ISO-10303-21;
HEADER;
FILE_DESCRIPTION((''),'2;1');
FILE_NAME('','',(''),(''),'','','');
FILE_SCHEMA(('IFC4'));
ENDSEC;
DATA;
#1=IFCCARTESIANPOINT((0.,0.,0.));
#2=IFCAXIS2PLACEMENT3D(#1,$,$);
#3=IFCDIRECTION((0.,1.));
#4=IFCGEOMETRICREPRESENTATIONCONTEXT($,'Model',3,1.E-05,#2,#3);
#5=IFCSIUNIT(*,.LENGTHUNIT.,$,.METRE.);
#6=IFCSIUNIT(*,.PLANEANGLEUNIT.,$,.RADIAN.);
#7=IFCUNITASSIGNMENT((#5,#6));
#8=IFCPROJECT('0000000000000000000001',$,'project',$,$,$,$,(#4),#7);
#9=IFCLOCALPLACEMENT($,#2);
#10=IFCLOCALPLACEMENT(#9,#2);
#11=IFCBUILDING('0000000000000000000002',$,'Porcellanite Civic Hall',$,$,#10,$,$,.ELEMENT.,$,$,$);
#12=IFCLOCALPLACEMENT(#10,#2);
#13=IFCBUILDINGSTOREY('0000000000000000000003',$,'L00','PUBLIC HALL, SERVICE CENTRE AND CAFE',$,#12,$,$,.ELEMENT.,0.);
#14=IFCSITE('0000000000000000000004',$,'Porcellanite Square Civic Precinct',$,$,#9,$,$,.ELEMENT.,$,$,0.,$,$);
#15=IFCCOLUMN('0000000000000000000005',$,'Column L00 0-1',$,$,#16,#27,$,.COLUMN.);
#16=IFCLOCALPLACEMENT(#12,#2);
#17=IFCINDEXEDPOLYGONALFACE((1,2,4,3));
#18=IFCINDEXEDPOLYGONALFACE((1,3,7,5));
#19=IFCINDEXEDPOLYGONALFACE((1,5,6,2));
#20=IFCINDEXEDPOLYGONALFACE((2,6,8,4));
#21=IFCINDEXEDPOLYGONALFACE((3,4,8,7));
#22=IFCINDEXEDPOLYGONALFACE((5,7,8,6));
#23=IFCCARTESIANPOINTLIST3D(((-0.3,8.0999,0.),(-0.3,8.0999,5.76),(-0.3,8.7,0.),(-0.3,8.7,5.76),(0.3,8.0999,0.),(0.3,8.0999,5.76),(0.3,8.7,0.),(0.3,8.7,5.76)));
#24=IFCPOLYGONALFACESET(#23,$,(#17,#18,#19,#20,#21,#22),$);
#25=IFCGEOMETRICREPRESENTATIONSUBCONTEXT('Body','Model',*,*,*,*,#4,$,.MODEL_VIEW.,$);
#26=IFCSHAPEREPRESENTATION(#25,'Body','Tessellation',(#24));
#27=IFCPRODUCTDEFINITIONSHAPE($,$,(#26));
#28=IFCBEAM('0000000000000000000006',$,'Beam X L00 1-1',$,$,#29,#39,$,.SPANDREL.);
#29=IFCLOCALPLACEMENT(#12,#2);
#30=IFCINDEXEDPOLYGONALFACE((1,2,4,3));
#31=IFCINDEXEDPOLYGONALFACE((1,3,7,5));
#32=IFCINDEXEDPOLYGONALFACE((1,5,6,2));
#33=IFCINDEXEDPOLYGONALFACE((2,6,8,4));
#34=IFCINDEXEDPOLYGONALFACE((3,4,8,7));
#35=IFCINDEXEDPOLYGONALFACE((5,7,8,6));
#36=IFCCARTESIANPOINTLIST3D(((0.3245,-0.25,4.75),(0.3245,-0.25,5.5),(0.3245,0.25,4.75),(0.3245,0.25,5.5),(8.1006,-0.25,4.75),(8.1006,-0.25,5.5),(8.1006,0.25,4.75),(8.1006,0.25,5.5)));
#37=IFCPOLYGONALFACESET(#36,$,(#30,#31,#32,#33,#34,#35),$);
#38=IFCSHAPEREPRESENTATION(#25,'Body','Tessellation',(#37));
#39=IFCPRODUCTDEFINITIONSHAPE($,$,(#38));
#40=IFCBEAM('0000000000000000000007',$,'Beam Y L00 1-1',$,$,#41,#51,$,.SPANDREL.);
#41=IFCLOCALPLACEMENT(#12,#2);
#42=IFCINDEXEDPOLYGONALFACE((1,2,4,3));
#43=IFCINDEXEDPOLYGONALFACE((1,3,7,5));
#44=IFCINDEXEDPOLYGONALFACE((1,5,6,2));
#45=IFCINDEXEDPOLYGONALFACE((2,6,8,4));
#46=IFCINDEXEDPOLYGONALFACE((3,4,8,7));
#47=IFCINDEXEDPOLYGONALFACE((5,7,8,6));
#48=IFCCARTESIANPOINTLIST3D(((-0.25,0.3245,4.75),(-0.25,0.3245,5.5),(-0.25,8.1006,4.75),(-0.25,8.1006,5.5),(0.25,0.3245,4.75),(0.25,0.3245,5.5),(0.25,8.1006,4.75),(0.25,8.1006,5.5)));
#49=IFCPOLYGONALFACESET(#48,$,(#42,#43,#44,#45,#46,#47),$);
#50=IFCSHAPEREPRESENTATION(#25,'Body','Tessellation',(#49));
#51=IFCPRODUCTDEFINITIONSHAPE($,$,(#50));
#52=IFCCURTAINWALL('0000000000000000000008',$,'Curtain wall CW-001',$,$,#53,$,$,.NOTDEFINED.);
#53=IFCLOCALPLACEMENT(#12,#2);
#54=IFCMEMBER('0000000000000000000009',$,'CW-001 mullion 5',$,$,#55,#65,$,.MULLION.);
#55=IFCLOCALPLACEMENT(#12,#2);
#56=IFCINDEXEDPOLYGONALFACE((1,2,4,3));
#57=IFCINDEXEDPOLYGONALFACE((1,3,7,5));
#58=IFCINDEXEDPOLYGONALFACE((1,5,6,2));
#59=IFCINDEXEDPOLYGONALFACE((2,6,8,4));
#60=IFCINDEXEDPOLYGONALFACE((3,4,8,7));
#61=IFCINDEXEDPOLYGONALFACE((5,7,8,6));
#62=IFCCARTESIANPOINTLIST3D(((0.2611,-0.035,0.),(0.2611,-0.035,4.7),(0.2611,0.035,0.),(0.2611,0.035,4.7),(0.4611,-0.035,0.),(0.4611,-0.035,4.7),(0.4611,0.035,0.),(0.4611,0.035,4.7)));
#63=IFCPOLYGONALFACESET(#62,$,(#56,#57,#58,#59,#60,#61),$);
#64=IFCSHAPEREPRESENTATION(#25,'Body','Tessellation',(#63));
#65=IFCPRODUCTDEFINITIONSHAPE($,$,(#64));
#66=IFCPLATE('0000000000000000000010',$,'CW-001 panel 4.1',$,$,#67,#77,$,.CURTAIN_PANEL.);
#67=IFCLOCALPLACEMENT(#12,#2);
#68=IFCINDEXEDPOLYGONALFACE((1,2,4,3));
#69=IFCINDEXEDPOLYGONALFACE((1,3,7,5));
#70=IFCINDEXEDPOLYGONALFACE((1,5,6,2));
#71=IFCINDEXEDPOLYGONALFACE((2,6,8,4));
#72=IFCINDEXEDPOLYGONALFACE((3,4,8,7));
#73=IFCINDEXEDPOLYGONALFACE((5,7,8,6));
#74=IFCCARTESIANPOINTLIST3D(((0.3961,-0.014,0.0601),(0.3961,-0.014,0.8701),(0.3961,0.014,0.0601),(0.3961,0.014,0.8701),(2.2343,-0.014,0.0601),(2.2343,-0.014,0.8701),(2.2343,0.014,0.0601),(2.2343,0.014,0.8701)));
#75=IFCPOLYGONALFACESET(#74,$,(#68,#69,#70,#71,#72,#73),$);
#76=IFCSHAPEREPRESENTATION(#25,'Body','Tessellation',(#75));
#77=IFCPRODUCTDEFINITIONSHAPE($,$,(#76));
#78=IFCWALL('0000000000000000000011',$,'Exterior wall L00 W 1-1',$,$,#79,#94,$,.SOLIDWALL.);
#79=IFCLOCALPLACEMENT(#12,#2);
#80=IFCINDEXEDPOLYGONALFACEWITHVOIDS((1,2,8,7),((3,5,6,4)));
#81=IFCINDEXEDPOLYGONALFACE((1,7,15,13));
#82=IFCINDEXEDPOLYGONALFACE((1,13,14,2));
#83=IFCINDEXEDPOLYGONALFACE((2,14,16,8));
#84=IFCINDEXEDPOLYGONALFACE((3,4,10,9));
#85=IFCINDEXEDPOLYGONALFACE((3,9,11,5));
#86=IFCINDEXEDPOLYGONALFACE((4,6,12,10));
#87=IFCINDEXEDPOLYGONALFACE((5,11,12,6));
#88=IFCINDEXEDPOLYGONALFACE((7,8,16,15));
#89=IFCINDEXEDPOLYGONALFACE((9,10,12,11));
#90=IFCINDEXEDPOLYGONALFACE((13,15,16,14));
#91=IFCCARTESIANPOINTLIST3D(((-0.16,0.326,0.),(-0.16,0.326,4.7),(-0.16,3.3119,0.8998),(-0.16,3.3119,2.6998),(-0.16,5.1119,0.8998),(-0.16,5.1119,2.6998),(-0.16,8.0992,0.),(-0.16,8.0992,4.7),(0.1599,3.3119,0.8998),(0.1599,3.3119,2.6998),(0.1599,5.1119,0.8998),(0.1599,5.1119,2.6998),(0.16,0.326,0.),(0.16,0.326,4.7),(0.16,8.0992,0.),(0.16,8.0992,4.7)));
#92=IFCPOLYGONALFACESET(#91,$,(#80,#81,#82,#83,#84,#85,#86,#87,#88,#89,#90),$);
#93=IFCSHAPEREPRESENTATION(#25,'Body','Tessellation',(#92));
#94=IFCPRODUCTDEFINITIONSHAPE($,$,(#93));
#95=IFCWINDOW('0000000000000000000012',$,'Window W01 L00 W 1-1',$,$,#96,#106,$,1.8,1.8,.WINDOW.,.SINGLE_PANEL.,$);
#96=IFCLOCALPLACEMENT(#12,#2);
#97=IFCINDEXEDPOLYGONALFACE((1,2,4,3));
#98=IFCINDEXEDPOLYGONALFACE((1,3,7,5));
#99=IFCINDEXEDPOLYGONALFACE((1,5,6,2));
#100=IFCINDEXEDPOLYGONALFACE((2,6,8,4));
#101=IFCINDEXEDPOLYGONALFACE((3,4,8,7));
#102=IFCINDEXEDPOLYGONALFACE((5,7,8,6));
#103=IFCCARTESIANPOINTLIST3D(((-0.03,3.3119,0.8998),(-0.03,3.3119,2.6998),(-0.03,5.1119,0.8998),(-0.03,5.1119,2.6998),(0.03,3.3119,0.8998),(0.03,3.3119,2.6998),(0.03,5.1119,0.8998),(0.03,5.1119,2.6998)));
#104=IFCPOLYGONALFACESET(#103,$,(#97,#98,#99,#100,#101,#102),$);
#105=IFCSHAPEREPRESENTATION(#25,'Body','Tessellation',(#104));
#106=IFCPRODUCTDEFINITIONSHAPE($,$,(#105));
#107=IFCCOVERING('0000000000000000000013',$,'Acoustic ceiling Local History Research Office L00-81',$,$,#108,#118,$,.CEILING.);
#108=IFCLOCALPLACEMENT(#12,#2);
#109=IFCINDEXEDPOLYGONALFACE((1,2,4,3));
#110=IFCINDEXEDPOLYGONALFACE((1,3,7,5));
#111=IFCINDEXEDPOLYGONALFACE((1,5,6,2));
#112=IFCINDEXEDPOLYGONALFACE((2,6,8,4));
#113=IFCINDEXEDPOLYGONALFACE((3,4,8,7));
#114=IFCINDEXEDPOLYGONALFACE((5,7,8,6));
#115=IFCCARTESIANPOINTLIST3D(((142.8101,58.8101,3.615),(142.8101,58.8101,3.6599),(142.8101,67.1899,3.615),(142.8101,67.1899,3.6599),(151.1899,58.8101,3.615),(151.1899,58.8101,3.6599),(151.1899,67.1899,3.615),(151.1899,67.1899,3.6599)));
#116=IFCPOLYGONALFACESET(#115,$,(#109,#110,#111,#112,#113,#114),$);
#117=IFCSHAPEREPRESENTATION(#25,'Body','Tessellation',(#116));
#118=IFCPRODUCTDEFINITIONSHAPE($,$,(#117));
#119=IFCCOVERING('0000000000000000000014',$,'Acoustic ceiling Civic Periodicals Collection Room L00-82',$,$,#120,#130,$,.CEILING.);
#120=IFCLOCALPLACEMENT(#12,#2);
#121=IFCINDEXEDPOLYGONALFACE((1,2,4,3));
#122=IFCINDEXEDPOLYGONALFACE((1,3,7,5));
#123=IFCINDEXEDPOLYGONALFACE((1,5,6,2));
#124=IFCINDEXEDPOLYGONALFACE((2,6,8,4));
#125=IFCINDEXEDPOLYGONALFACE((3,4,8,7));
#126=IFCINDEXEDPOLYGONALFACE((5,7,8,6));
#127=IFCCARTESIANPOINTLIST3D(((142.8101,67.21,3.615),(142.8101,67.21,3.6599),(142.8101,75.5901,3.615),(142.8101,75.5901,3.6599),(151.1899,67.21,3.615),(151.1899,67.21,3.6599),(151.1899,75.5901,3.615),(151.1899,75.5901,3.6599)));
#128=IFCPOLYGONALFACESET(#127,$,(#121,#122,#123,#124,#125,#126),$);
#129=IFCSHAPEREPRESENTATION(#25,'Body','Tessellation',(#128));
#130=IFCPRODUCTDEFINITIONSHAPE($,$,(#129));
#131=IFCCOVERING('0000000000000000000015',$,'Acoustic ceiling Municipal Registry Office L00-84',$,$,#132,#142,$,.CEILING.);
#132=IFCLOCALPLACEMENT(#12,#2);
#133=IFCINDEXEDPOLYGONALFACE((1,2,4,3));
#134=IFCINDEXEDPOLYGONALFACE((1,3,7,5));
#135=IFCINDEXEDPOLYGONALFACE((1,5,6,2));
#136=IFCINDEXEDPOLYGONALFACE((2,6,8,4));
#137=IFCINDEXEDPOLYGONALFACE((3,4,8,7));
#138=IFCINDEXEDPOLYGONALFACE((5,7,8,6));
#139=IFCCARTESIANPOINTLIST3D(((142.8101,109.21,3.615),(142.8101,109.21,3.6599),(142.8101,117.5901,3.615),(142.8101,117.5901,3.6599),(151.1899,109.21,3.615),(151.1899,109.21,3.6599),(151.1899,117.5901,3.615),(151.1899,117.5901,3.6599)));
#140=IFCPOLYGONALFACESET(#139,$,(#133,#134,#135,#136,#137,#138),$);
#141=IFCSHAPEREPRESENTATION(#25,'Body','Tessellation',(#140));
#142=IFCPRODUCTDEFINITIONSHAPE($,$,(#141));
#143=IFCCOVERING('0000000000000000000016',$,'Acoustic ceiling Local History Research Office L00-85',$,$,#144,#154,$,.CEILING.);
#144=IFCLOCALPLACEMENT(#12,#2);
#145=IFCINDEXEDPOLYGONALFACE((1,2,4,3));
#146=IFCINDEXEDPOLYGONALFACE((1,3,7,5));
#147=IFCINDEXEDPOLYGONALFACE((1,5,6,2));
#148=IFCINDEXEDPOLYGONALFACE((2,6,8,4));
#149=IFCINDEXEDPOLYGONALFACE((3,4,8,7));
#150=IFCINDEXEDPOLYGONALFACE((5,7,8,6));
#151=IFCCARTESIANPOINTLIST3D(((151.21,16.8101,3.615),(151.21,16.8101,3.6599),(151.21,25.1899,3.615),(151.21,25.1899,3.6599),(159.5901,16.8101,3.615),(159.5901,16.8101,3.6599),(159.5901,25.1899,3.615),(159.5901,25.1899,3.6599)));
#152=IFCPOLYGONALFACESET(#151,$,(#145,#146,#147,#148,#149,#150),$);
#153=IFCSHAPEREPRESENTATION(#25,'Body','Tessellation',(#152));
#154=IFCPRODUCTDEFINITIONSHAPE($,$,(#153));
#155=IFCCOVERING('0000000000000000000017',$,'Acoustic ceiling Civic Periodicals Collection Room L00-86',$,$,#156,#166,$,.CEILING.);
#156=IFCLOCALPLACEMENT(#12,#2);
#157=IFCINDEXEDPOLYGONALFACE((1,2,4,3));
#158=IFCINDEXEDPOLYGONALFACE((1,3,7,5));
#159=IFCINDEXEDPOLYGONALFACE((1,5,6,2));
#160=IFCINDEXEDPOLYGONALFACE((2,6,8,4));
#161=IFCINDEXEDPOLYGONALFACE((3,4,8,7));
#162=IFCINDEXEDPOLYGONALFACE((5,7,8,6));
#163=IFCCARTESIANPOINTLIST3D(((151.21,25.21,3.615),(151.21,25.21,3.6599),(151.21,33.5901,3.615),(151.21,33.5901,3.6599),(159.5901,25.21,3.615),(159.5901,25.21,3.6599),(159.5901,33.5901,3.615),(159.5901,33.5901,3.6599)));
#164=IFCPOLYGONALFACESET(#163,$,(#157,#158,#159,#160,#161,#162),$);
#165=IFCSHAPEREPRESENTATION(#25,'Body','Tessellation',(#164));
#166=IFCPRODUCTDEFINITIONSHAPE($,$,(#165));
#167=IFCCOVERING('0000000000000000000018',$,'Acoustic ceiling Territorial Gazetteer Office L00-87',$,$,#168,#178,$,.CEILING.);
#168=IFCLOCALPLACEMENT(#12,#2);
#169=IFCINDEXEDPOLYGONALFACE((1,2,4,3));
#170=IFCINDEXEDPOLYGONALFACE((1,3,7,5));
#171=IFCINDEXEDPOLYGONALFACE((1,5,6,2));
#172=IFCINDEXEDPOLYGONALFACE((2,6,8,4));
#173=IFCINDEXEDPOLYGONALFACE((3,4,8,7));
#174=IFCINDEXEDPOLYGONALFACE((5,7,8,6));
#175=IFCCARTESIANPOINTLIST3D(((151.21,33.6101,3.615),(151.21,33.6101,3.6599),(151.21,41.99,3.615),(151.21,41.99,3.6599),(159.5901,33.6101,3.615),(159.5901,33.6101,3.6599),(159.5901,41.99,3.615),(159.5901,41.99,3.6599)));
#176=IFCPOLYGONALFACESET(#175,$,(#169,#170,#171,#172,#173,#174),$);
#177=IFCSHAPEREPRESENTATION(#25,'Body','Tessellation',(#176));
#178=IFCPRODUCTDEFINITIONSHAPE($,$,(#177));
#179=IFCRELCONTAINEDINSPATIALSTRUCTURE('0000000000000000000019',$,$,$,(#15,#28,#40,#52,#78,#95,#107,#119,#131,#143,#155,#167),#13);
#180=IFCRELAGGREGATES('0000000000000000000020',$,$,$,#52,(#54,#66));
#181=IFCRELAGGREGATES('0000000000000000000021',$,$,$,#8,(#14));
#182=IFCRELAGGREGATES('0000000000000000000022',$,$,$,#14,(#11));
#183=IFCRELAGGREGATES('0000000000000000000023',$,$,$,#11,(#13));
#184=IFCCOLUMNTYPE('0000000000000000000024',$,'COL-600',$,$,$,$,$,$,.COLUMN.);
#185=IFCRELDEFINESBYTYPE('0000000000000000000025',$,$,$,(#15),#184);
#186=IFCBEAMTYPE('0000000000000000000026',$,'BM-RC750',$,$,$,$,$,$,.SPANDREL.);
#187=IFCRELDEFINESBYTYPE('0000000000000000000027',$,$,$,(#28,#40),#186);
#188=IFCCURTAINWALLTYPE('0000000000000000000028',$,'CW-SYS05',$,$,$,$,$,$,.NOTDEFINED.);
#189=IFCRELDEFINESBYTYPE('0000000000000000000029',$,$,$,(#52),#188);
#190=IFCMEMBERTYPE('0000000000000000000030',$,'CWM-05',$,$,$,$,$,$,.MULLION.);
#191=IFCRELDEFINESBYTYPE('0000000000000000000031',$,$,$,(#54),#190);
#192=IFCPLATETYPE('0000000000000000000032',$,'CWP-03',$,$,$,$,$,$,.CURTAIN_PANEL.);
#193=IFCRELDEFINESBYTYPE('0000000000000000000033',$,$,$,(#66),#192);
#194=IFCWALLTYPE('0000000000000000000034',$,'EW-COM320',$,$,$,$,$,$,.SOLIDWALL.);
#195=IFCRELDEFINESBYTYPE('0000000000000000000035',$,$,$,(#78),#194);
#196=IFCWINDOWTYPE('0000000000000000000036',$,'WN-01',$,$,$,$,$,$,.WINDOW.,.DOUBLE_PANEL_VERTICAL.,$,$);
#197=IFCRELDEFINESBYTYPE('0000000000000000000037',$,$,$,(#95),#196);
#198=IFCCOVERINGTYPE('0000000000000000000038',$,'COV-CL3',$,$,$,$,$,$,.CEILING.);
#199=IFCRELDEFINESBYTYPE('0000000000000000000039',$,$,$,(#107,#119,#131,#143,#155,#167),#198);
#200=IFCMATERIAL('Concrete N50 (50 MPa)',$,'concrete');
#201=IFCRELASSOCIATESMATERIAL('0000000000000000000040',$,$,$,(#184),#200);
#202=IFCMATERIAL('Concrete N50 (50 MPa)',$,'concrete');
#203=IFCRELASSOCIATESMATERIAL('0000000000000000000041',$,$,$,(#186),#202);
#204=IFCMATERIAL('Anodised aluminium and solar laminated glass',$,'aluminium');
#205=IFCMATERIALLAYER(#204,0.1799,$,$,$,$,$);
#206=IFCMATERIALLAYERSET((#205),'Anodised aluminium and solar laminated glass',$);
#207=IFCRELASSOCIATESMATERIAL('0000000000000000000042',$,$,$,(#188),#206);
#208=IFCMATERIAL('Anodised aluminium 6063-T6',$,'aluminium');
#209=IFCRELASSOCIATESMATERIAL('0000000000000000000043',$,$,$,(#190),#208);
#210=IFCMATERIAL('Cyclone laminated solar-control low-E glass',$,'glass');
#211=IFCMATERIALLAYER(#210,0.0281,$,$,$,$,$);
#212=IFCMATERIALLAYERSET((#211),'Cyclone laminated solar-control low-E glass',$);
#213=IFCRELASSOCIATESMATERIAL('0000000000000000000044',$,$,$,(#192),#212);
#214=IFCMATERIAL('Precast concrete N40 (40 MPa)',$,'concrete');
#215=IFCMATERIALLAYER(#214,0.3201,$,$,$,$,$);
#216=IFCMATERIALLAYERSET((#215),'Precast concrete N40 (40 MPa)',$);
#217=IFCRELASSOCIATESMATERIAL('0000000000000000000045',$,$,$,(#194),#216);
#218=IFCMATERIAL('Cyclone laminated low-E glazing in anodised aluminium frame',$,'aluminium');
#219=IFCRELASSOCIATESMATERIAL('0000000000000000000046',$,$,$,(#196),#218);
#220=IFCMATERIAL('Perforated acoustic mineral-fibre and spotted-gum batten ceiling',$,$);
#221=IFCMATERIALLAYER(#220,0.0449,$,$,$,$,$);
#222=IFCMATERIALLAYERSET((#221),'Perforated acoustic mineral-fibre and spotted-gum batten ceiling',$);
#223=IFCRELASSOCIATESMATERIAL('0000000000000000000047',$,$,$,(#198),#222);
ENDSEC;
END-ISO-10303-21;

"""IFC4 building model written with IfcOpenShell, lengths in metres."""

from ifc_helpers import new_model, si_unit, direction, frame, frame_2d, origin, origin_2d, place, context, subcontext, project, spatial, polyline, rectangle, outline, extrude, material, layer, layer_set, material_profile, profile_set, type_object, element, fill, aggregate, save


model = new_model("IFC4")

# Units and contexts
model_context = context("Model", 3, precision=1e-05, world=origin(), true_north=direction((0.0, 1.0)))
body_context = subcontext(model_context, "Body", "Model", "MODEL_VIEW")
ifc_project = project(units=[si_unit("LENGTHUNIT", "METRE"), si_unit("PLANEANGLEUNIT", "RADIAN")], contexts=[model_context])

# Site, building, storey
site_placement = place(None, origin())
site = spatial("IfcSite", under=ifc_project, at=site_placement, Name="Porcellanite Square Civic Precinct", CompositionType="ELEMENT", RefElevation=0.0)
building_placement = place(site_placement, origin())
building = spatial("IfcBuilding", under=site, at=building_placement, Name="Porcellanite Civic Hall", CompositionType="ELEMENT")
storey_placement = place(building_placement, origin())
storey = spatial("IfcBuildingStorey", under=building, at=storey_placement, Name="L00", Description="PUBLIC HALL, SERVICE CENTRE AND CAFE", CompositionType="ELEMENT", Elevation=0.0)

# Column
ifc_material_1 = material(Name="Concrete N50 (50 MPa)", Category="concrete")
ifc_material_profile_1 = material_profile(ifc_material_1, rectangle(XDim=0.6001, YDim=0.6001, at=origin_2d()), Name="RC-600x600")
ifc_profile_set_1 = profile_set([ifc_material_profile_1], Name="Concrete N50 (50 MPa)")
column_type = type_object("IfcColumnType", Name="COL-600", PredefinedType="COLUMN", material=ifc_profile_set_1)
column_placement = place(storey_placement, frame((0.0, 8.3999, 0.0), z_axis=(0.0, 0.0, 1.0), x_axis=(1.0, 0.0, 0.0)))
element("IfcColumn", 1, at=column_placement, inside=storey, type_object=column_type, Name="Column L00 0-1", PredefinedType="COLUMN", context=body_context, shape_type="SweptSolid", body=[
    extrude(rectangle(XDim=0.6001, YDim=0.6001, at=origin_2d()), origin(), (0.0, 0.0, 1.0), 5.76),
])

# Beams
ifc_material_2 = material(Name="Concrete N50 (50 MPa)", Category="concrete")
ifc_material_profile_2 = material_profile(ifc_material_2, rectangle(XDim=0.5, YDim=0.75, at=origin_2d()), Name="RC-500x750")
ifc_profile_set_2 = profile_set([ifc_material_profile_2], Name="Concrete N50 (50 MPa)")
beam_type = type_object("IfcBeamType", Name="BM-RC750", PredefinedType="SPANDREL", material=ifc_profile_set_2)
for number, where, z_axis, x_axis, name in (
    (2, (0.3245, 0.0, 5.125), (1.0, 0.0, 0.0), (0.0, 1.0, 0.0), "Beam X L00 1-1"),
    (3, (0.0, 0.3245, 5.125), (0.0, 1.0, 0.0), (-1.0, 0.0, 0.0), "Beam Y L00 1-1"),
):
    element("IfcBeam", number, at=place(storey_placement, frame(where, z_axis=z_axis, x_axis=x_axis)), inside=storey, type_object=beam_type, Name=name, PredefinedType="SPANDREL", context=body_context, shape_type="SweptSolid", body=[
        extrude(rectangle(XDim=0.5, YDim=0.75, at=origin_2d()), origin(), (0.0, 0.0, 1.0), 7.7761),
    ])

# Curtain wall, member, plate
ifc_material_3 = material(Name="Anodised aluminium and solar laminated glass", Category="aluminium")
ifc_layer_1 = layer(ifc_material_3, 0.1799)
ifc_layer_set_1 = layer_set([ifc_layer_1], Name="Anodised aluminium and solar laminated glass")
curtain_wall_type = type_object("IfcCurtainWallType", Name="CW-SYS05", PredefinedType="NOTDEFINED", material=ifc_layer_set_1)
curtain_wall_placement = place(storey_placement, origin())
curtain_wall = element("IfcCurtainWall", 4, at=curtain_wall_placement, inside=storey, type_object=curtain_wall_type, Name="Curtain wall CW-001", PredefinedType="NOTDEFINED")
ifc_material_4 = material(Name="Anodised aluminium 6063-T6", Category="aluminium")
ifc_material_profile_3 = material_profile(ifc_material_4, rectangle(XDim=0.0701, YDim=0.2, at=origin_2d()), Name="AL-70x200")
ifc_profile_set_3 = profile_set([ifc_material_profile_3], Name="Anodised aluminium 6063-T6")
member_type = type_object("IfcMemberType", Name="CWM-05", PredefinedType="MULLION", material=ifc_profile_set_3)
member_placement = place(storey_placement, frame((0.3611, 0.0, 0.0), z_axis=(0.0, 0.0, 1.0), x_axis=(0.0, -1.0, 0.0)))
member = element("IfcMember", 5, at=member_placement, type_object=member_type, Name="CW-001 mullion 5", PredefinedType="MULLION", context=body_context, shape_type="SweptSolid", body=[
    extrude(rectangle(XDim=0.0701, YDim=0.2, at=origin_2d()), origin(), (0.0, 0.0, 1.0), 4.7),
])
ifc_material_5 = material(Name="Cyclone laminated solar-control low-E glass", Category="glass")
ifc_layer_2 = layer(ifc_material_5, 0.0281)
ifc_layer_set_2 = layer_set([ifc_layer_2], Name="Cyclone laminated solar-control low-E glass")
plate_type = type_object("IfcPlateType", Name="CWP-03", PredefinedType="CURTAIN_PANEL", material=ifc_layer_set_2)
plate_placement = place(storey_placement, frame((1.3152, 0.0, 0.0601), z_axis=(0.0, 0.0, 1.0), x_axis=(-1.0, 0.0, 0.0)))
plate = element("IfcPlate", 6, at=plate_placement, type_object=plate_type, Name="CW-001 panel 4.1", PredefinedType="CURTAIN_PANEL", context=body_context, shape_type="SweptSolid", body=[
    extrude(rectangle(XDim=1.8381, YDim=0.0281, at=origin_2d()), origin(), (0.0, 0.0, 1.0), 0.8101),
])
aggregate(curtain_wall, [member, plate])

# Wall, opening, window
ifc_material_6 = material(Name="Precast concrete N40 (40 MPa)", Category="concrete")
ifc_layer_3 = layer(ifc_material_6, 0.3201)
ifc_layer_set_3 = layer_set([ifc_layer_3], Name="Precast concrete N40 (40 MPa)")
wall_type = type_object("IfcWallType", Name="EW-COM320", PredefinedType="SOLIDWALL", material=ifc_layer_set_3)
wall_placement = place(storey_placement, frame((0.0, 0.3259, 0.0), z_axis=(0.0, 0.0, 1.0), x_axis=(0.0, 1.0, 0.0)))
wall = element("IfcWall", 7, at=wall_placement, inside=storey, type_object=wall_type, Name="Exterior wall L00 W 1-1", PredefinedType="SOLIDWALL", context=body_context, shape_type="SweptSolid", body=[
    extrude(rectangle(XDim=7.7732, YDim=0.3201, at=frame_2d((3.8867, 0.0))), origin(), (0.0, 0.0, 1.0), 4.7),
])
opening_placement = place(wall_placement, frame((2.9861, 0.0, 0.8999)))
opening = element("IfcOpeningElement", 8, at=opening_placement, cuts=wall, PredefinedType="OPENING", context=body_context, shape_type="SweptSolid", body=[
    extrude(rectangle(XDim=1.8, YDim=1.8, at=frame_2d((0.8999, 0.8999))), frame((0.0, 0.1602, 0.0), z_axis=(0.0, -1.0, 0.0), x_axis=(1.0, 0.0, 0.0)), (0.0, 0.0, 1.0), 0.3201),
])
ifc_material_7 = material(Name="Cyclone laminated low-E glazing in anodised aluminium frame", Category="aluminium")
window_type = type_object("IfcWindowType", Name="WN-01", PartitioningType="DOUBLE_PANEL_VERTICAL", PredefinedType="WINDOW", material=ifc_material_7)
window_placement = place(opening_placement, origin())
window = element("IfcWindow", 9, at=window_placement, inside=storey, type_object=window_type, Name="Window W01 L00 W 1-1", OverallHeight=1.8, OverallWidth=1.8, PartitioningType="SINGLE_PANEL", PredefinedType="WINDOW", context=body_context, shape_type="SweptSolid", body=[
    extrude(rectangle(XDim=1.8, YDim=1.8, at=frame_2d((0.8999, 0.8999))), frame((0.0, 0.03, 0.0), z_axis=(0.0, -1.0, 0.0), x_axis=(1.0, 0.0, 0.0)), (0.0, 0.0, 1.0), 0.0601),
])
fill(opening, window)

# Coverings
ifc_material_8 = material(Name="Perforated acoustic mineral-fibre and spotted-gum batten ceiling")
ifc_layer_4 = layer(ifc_material_8, 0.0449)
ifc_layer_set_4 = layer_set([ifc_layer_4], Name="Perforated acoustic mineral-fibre and spotted-gum batten ceiling")
covering_type = type_object("IfcCoveringType", Name="COV-CL3", PredefinedType="CEILING", material=ifc_layer_set_4)
covering_1_placement = place(storey_placement, frame((0.0, 0.0, 3.615)))
element("IfcCovering", 10, at=covering_1_placement, inside=storey, type_object=covering_type, Name="Acoustic ceiling Local History Research Office L00-81", PredefinedType="CEILING", context=body_context, shape_type="SweptSolid", body=[
    extrude(outline(polyline([(142.8101, 58.8101), (151.1899, 58.8101), (151.1899, 67.1899), (142.8101, 67.1899), (142.8101, 58.8101)])), origin(), (0.0, 0.0, 1.0), 0.0449),
])
covering_2_placement = place(storey_placement, frame((0.0, 0.0, 3.615)))
element("IfcCovering", 11, at=covering_2_placement, inside=storey, type_object=covering_type, Name="Acoustic ceiling Civic Periodicals Collection Room L00-82", PredefinedType="CEILING", context=body_context, shape_type="SweptSolid", body=[
    extrude(outline(polyline([(142.8101, 67.21), (151.1899, 67.21), (151.1899, 75.5901), (142.8101, 75.5901), (142.8101, 67.21)])), origin(), (0.0, 0.0, 1.0), 0.0449),
])
covering_3_placement = place(storey_placement, frame((0.0, 0.0, 3.615)))
element("IfcCovering", 12, at=covering_3_placement, inside=storey, type_object=covering_type, Name="Acoustic ceiling Municipal Registry Office L00-84", PredefinedType="CEILING", context=body_context, shape_type="SweptSolid", body=[
    extrude(outline(polyline([(142.8101, 109.21), (151.1899, 109.21), (151.1899, 117.5901), (142.8101, 117.5901), (142.8101, 109.21)])), origin(), (0.0, 0.0, 1.0), 0.0449),
])
covering_4_placement = place(storey_placement, frame((0.0, 0.0, 3.615)))
element("IfcCovering", 13, at=covering_4_placement, inside=storey, type_object=covering_type, Name="Acoustic ceiling Local History Research Office L00-85", PredefinedType="CEILING", context=body_context, shape_type="SweptSolid", body=[
    extrude(outline(polyline([(151.21, 16.8101), (159.5901, 16.8101), (159.5901, 25.1899), (151.21, 25.1899), (151.21, 16.8101)])), origin(), (0.0, 0.0, 1.0), 0.0449),
])
covering_5_placement = place(storey_placement, frame((0.0, 0.0, 3.615)))
element("IfcCovering", 14, at=covering_5_placement, inside=storey, type_object=covering_type, Name="Acoustic ceiling Civic Periodicals Collection Room L00-86", PredefinedType="CEILING", context=body_context, shape_type="SweptSolid", body=[
    extrude(outline(polyline([(151.21, 25.21), (159.5901, 25.21), (159.5901, 33.5901), (151.21, 33.5901), (151.21, 25.21)])), origin(), (0.0, 0.0, 1.0), 0.0449),
])
covering_6_placement = place(storey_placement, frame((0.0, 0.0, 3.615)))
element("IfcCovering", 15, at=covering_6_placement, inside=storey, type_object=covering_type, Name="Acoustic ceiling Territorial Gazetteer Office L00-87", PredefinedType="CEILING", context=body_context, shape_type="SweptSolid", body=[
    extrude(outline(polyline([(151.21, 33.6101), (159.5901, 33.6101), (159.5901, 41.99), (151.21, 41.99), (151.21, 33.6101)])), origin(), (0.0, 0.0, 1.0), 0.0449),
])

save(model, "model.ifc")
